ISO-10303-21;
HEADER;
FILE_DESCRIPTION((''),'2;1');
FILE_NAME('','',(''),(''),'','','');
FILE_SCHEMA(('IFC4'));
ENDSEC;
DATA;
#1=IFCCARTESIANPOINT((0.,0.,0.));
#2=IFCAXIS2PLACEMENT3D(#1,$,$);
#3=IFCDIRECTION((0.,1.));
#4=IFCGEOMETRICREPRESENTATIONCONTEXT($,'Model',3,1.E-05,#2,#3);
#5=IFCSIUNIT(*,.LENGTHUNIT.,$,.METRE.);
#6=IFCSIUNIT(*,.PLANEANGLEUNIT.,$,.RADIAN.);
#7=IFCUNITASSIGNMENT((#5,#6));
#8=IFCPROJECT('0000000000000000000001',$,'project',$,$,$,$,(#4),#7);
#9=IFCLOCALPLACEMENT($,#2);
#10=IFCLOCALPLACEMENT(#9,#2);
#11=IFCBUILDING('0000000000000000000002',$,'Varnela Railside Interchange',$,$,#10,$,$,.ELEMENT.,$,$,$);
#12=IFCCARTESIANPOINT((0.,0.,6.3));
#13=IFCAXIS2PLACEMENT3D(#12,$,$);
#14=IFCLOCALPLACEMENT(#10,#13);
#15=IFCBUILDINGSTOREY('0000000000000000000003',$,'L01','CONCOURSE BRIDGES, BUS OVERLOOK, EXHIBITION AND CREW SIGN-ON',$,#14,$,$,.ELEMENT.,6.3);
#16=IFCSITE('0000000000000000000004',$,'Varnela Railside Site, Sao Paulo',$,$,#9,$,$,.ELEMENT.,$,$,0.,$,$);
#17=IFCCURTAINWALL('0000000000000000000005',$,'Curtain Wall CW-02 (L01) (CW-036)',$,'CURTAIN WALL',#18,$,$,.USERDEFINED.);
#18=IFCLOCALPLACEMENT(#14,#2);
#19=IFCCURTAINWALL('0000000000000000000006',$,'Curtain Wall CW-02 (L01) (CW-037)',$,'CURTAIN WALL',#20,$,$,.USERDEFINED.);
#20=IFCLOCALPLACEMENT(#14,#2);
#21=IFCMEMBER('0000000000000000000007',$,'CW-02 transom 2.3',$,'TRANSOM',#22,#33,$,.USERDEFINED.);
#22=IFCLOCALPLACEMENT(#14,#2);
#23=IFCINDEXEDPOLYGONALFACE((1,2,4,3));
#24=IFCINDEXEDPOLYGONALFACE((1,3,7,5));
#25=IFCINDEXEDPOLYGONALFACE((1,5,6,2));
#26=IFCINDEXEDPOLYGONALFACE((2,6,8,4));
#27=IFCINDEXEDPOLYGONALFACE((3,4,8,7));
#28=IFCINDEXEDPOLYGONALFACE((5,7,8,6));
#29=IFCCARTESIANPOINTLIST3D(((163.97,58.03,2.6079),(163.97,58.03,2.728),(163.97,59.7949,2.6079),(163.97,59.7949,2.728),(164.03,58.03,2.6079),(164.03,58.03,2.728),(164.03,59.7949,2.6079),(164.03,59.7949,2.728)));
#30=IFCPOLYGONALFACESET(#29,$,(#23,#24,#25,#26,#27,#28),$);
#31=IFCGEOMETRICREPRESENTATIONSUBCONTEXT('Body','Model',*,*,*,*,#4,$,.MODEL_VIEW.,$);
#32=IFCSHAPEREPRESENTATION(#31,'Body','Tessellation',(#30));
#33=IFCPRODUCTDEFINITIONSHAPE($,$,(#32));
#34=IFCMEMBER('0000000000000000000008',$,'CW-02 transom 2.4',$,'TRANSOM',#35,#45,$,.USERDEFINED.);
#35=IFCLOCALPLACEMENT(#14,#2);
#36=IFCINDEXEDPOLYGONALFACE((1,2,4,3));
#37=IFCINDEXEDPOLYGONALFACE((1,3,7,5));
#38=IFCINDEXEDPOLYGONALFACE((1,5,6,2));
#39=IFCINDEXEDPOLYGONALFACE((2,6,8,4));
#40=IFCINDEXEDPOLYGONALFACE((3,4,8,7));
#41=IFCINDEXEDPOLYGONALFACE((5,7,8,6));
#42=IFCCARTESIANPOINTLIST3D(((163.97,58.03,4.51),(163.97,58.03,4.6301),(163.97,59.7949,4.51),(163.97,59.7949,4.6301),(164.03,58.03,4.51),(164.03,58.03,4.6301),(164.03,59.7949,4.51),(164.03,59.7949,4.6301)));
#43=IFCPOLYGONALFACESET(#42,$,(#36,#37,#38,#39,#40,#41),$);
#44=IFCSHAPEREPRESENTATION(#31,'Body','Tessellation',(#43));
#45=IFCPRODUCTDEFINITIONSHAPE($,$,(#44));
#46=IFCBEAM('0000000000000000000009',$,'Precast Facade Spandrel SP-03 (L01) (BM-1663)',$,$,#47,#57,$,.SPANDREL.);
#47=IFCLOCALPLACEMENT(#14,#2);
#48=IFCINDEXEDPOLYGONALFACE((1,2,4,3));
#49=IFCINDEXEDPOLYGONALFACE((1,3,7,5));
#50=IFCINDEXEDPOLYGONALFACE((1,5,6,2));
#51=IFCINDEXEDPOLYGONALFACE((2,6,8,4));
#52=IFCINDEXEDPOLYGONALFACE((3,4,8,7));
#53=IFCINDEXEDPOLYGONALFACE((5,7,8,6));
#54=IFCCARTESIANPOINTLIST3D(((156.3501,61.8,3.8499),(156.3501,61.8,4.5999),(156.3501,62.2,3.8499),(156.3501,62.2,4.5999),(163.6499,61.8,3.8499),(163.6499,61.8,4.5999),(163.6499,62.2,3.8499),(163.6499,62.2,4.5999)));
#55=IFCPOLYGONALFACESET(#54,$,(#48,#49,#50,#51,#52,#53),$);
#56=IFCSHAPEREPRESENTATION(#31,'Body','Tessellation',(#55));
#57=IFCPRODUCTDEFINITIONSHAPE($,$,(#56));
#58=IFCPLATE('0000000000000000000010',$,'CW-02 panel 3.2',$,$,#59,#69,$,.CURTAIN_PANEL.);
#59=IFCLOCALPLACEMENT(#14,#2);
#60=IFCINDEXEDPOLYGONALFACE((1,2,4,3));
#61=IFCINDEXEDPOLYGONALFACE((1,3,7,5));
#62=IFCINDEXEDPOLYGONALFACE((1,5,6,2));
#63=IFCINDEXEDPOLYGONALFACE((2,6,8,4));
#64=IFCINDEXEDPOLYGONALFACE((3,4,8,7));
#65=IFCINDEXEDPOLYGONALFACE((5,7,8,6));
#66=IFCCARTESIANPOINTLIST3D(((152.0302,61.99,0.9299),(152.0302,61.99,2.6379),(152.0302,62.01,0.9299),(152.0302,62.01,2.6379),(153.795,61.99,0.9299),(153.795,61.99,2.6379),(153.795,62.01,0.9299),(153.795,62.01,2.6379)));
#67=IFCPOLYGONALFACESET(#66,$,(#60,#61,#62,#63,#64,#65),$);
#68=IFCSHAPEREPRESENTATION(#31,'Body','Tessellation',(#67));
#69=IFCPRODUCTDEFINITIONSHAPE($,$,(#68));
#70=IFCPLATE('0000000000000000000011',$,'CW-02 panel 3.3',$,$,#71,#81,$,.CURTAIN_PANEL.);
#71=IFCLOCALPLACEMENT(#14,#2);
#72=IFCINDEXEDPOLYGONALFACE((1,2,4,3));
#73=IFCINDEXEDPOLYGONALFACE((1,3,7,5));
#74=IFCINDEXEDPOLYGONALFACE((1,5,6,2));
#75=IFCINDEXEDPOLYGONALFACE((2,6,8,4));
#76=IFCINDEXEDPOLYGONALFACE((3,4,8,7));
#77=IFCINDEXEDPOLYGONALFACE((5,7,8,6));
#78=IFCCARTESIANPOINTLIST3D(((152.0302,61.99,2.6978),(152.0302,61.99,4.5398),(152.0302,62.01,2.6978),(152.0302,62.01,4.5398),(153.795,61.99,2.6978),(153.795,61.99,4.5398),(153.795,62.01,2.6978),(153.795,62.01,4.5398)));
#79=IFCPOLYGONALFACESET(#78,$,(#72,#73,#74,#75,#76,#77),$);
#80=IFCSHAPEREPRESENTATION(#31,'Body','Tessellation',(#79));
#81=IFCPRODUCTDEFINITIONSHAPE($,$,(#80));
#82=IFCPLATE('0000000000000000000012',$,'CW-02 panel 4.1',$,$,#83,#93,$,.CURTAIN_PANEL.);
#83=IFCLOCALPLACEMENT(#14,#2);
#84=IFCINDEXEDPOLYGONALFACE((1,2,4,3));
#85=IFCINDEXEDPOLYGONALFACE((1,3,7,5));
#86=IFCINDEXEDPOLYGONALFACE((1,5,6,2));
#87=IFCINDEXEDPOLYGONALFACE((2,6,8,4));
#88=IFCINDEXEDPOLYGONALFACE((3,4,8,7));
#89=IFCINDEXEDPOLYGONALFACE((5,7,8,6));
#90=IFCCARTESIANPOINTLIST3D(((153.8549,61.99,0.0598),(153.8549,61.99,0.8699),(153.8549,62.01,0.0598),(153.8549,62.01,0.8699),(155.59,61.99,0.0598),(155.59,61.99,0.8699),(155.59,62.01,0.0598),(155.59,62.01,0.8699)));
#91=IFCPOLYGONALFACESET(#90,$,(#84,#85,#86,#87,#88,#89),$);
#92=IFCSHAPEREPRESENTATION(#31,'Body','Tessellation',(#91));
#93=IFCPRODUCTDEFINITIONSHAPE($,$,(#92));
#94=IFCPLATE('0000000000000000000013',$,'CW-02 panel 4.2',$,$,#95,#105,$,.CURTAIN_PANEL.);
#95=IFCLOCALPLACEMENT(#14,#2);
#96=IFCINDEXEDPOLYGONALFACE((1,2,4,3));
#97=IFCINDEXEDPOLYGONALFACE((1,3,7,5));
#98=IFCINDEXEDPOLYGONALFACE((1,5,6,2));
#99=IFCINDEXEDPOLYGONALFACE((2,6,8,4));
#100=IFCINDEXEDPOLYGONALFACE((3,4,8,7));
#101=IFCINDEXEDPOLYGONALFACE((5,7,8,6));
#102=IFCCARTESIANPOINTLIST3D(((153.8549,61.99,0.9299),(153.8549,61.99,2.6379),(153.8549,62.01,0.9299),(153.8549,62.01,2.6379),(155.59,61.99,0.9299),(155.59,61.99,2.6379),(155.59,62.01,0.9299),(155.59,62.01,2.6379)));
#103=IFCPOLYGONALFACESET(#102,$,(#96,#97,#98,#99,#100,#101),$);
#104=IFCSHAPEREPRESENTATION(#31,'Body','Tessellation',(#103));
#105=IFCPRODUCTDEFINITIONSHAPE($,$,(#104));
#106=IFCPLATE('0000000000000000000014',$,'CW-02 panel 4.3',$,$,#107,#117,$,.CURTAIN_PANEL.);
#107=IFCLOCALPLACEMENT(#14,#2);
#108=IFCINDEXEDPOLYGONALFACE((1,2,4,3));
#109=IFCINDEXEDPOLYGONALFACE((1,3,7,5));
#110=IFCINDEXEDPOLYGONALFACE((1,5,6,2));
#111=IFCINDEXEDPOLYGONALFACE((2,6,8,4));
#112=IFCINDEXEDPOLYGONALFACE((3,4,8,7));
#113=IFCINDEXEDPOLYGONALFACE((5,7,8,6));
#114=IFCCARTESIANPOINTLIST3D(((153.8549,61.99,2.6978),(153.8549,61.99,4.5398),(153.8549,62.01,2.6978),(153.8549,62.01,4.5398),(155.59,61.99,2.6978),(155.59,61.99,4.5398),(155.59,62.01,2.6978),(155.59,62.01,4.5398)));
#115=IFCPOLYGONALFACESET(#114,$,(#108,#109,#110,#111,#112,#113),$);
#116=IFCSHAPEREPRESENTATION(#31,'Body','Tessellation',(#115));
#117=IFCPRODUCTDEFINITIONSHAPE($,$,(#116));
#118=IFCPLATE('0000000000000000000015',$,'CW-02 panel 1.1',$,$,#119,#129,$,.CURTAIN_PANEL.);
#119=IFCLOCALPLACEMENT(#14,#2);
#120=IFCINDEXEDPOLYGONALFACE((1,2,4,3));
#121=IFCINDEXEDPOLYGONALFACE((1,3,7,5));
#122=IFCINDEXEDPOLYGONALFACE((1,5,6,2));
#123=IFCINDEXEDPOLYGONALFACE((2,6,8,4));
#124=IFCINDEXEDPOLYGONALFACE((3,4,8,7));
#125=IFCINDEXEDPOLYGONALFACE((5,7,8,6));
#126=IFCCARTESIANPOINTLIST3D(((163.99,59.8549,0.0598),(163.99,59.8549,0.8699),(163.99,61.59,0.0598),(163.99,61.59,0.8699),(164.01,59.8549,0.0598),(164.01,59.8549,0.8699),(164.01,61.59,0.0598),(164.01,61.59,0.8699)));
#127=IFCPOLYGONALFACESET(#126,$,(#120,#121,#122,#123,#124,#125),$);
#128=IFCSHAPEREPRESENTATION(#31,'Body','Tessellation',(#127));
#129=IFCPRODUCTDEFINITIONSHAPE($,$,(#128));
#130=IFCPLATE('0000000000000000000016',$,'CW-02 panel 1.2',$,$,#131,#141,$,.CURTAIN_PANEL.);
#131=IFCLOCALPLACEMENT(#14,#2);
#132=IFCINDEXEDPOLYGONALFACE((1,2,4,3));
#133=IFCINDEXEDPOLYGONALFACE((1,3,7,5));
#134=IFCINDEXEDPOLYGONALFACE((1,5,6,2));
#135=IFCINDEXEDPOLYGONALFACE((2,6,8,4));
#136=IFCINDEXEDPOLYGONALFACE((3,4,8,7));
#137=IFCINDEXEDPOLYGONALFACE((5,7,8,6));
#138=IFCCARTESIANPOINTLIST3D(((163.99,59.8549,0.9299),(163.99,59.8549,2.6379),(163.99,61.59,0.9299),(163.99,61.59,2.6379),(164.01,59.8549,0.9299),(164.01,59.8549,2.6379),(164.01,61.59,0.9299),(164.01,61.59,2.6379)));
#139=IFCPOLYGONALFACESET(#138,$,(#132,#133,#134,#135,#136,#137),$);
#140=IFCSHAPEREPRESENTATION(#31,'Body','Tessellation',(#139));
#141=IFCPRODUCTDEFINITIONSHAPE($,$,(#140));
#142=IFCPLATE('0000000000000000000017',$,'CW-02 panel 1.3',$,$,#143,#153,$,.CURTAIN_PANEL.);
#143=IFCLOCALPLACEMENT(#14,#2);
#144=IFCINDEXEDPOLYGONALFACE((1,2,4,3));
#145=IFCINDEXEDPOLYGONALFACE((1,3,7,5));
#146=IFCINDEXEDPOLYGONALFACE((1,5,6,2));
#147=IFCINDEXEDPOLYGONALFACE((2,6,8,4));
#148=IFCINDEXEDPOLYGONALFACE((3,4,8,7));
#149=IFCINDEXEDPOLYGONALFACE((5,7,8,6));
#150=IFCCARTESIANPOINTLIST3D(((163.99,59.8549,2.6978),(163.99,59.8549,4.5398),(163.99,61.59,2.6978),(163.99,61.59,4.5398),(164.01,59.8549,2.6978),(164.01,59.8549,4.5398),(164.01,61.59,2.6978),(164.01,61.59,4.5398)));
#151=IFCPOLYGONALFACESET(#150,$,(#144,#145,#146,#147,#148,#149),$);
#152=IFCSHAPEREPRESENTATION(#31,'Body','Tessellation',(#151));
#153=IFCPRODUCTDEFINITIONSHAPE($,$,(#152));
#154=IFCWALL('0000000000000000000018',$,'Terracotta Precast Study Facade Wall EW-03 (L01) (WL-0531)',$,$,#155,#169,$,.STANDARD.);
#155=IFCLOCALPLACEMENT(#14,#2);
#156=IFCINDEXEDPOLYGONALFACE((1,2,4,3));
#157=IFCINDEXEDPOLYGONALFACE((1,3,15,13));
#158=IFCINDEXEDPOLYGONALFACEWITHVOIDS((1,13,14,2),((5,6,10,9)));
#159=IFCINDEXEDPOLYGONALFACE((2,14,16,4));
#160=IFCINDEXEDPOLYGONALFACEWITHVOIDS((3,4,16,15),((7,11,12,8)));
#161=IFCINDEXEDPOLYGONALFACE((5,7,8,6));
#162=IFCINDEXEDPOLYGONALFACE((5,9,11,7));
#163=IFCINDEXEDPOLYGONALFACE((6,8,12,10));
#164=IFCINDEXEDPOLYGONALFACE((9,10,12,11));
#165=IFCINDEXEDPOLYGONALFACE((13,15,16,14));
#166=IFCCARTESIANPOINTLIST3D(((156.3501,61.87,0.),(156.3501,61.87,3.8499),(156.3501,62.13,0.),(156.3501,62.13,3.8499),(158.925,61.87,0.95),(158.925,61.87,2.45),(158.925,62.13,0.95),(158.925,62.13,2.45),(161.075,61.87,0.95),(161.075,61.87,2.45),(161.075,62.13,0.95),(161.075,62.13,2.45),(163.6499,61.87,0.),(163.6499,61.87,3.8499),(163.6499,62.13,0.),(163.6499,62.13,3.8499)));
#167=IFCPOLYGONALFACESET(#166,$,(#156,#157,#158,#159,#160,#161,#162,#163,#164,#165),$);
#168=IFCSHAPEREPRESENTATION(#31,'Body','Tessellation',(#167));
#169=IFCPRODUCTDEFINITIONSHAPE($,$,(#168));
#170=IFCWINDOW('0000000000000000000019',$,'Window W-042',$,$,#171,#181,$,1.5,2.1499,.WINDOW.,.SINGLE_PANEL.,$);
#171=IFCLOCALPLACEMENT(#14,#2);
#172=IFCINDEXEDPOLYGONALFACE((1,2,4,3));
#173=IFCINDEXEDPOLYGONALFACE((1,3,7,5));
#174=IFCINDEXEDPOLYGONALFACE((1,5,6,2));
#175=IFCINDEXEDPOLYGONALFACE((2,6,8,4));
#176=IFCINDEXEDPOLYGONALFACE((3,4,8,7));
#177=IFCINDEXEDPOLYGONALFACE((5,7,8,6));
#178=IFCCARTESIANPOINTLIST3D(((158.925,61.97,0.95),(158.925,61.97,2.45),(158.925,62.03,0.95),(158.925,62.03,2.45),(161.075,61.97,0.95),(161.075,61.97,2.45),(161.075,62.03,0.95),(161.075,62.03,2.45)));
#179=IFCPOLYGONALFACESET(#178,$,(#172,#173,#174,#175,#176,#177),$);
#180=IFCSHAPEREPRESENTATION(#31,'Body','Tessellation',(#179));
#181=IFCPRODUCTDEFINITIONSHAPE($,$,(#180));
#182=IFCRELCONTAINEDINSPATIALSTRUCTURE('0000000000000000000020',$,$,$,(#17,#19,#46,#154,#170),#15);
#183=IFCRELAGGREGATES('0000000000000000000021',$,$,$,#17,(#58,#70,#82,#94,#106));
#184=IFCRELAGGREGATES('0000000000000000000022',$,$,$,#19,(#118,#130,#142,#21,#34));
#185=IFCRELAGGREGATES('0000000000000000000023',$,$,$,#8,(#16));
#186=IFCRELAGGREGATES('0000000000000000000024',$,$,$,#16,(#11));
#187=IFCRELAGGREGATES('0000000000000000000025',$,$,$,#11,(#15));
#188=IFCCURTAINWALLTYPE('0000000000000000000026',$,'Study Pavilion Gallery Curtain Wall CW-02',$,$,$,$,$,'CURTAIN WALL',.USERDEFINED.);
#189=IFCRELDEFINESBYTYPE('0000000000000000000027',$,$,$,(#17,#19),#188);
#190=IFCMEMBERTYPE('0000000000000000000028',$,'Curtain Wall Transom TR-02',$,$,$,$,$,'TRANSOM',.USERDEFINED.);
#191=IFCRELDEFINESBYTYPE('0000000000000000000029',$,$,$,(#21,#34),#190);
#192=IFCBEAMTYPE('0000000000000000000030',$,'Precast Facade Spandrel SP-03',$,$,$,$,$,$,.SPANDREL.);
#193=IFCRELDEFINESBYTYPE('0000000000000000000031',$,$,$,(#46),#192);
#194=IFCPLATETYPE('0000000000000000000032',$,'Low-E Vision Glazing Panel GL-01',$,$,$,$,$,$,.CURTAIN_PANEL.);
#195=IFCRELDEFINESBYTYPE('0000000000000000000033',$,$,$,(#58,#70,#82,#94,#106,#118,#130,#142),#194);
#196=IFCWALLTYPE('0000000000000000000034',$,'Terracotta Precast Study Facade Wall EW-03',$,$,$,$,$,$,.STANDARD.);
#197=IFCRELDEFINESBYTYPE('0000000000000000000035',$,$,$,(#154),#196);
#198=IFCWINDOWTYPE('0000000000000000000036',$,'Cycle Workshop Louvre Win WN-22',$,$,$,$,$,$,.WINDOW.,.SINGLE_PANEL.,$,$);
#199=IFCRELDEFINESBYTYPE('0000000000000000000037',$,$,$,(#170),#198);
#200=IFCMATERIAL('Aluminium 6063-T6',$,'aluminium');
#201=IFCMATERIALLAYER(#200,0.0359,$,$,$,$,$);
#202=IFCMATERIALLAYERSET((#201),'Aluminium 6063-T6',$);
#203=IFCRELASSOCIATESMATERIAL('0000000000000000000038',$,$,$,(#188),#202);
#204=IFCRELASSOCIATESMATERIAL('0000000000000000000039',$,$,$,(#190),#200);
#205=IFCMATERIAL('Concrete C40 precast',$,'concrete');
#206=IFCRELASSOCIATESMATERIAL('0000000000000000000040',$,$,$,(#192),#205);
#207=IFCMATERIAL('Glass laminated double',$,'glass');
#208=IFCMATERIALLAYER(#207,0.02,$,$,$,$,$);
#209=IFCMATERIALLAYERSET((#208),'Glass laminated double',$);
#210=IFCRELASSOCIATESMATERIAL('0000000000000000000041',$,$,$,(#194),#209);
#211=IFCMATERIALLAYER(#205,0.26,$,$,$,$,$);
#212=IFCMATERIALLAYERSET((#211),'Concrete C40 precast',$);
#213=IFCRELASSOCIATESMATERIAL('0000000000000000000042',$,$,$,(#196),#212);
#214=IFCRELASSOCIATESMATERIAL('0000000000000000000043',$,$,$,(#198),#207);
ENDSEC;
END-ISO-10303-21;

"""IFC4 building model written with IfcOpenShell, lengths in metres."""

from ifc_helpers import new_model, si_unit, direction, frame, frame_2d, origin, origin_2d, place, context, subcontext, project, spatial, rectangle, extrude, material, layer, layer_set, material_profile, profile_set, type_object, element, fill, aggregate, save


model = new_model("IFC4")

# Units and contexts
model_context = context("Model", 3, precision=1e-05, world=origin(), true_north=direction((0.0, 1.0)))
body_context = subcontext(model_context, "Body", "Model", "MODEL_VIEW")
ifc_project = project(units=[si_unit("LENGTHUNIT", "METRE"), si_unit("PLANEANGLEUNIT", "RADIAN")], contexts=[model_context])

# Site, building, storey
site_placement = place(None, origin())
site = spatial("IfcSite", under=ifc_project, at=site_placement, Name="Varnela Railside Site, Sao Paulo", CompositionType="ELEMENT", RefElevation=0.0)
building_placement = place(site_placement, origin())
building = spatial("IfcBuilding", under=site, at=building_placement, Name="Varnela Railside Interchange", CompositionType="ELEMENT")
storey_placement = place(building_placement, frame((0.0, 0.0, 6.3)))
storey = spatial("IfcBuildingStorey", under=building, at=storey_placement, Name="L01", Description="CONCOURSE BRIDGES, BUS OVERLOOK, EXHIBITION AND CREW SIGN-ON", CompositionType="ELEMENT", Elevation=6.3)

# Curtain walls
ifc_material_1 = material(Name="Aluminium 6063-T6", Category="aluminium")
ifc_layer_1 = layer(ifc_material_1, 0.0359)
ifc_layer_set_1 = layer_set([ifc_layer_1], Name="Aluminium 6063-T6")
curtain_wall_type = type_object("IfcCurtainWallType", Name="Study Pavilion Gallery Curtain Wall CW-02", ElementType="CURTAIN WALL", PredefinedType="USERDEFINED", material=ifc_layer_set_1)
curtain_wall_1_placement = place(storey_placement, origin())
curtain_wall_1 = element("IfcCurtainWall", 1, at=curtain_wall_1_placement, inside=storey, type_object=curtain_wall_type, Name="Curtain Wall CW-02 (L01) (CW-036)", ObjectType="CURTAIN WALL", PredefinedType="USERDEFINED")
curtain_wall_2_placement = place(storey_placement, origin())
curtain_wall_2 = element("IfcCurtainWall", 2, at=curtain_wall_2_placement, inside=storey, type_object=curtain_wall_type, Name="Curtain Wall CW-02 (L01) (CW-037)", ObjectType="CURTAIN WALL", PredefinedType="USERDEFINED")

# Members
ifc_material_profile_1 = material_profile(ifc_material_1, rectangle(XDim=0.0601, YDim=0.1201, at=origin_2d()), Name="ALU 60x120")
ifc_profile_set_1 = profile_set([ifc_material_profile_1], Name="Aluminium 6063-T6")
member_type_1 = type_object("IfcMemberType", Name="Curtain Wall Transom TR-02", ElementType="TRANSOM", PredefinedType="USERDEFINED", material=ifc_profile_set_1)
member_1_placement = place(storey_placement, frame((164.0, 59.7949, 2.668), z_axis=(0.0, -1.0, 0.0), x_axis=(1.0, 0.0, 0.0)))
member_1 = element("IfcMember", 3, at=member_1_placement, type_object=member_type_1, Name="CW-02 transom 2.3", ObjectType="TRANSOM", PredefinedType="USERDEFINED", context=body_context, shape_type="SweptSolid", body=[
    extrude(rectangle(XDim=0.0601, YDim=0.1201, at=origin_2d()), origin(), (0.0, 0.0, 1.0), 1.7649),
])
member_2_placement = place(storey_placement, frame((164.0, 59.7949, 4.5701), z_axis=(0.0, -1.0, 0.0), x_axis=(1.0, 0.0, 0.0)))
member_2 = element("IfcMember", 4, at=member_2_placement, type_object=member_type_1, Name="CW-02 transom 2.4", ObjectType="TRANSOM", PredefinedType="USERDEFINED", context=body_context, shape_type="SweptSolid", body=[
    extrude(rectangle(XDim=0.0601, YDim=0.1201, at=origin_2d()), origin(), (0.0, 0.0, 1.0), 1.7649),
])

# Beam
ifc_material_2 = material(Name="Concrete C40 precast", Category="concrete")
ifc_material_profile_2 = material_profile(ifc_material_2, rectangle(XDim=0.3999, YDim=0.75, at=origin_2d()), Name="PC 400x750")
ifc_profile_set_2 = profile_set([ifc_material_profile_2], Name="Concrete C40 precast")
beam_type = type_object("IfcBeamType", Name="Precast Facade Spandrel SP-03", PredefinedType="SPANDREL", material=ifc_profile_set_2)
beam_placement = place(storey_placement, frame((156.3501, 62.0, 4.2249), z_axis=(1.0, 0.0, 0.0), x_axis=(0.0, 1.0, 0.0)))
element("IfcBeam", 5, at=beam_placement, inside=storey, type_object=beam_type, Name="Precast Facade Spandrel SP-03 (L01) (BM-1663)", PredefinedType="SPANDREL", context=body_context, shape_type="SweptSolid", body=[
    extrude(rectangle(XDim=0.3999, YDim=0.75, at=origin_2d()), origin(), (0.0, 0.0, 1.0), 7.2998),
])

# Plates
ifc_material_3 = material(Name="Glass laminated double", Category="glass")
ifc_layer_2 = layer(ifc_material_3, 0.02)
ifc_layer_set_2 = layer_set([ifc_layer_2], Name="Glass laminated double")
plate_type = type_object("IfcPlateType", Name="Low-E Vision Glazing Panel GL-01", PredefinedType="CURTAIN_PANEL", material=ifc_layer_set_2)
plate_1_placement = place(storey_placement, frame((152.9126, 62.0, 0.9299), z_axis=(0.0, 0.0, 1.0), x_axis=(1.0, 0.0, 0.0)))
plate_1 = element("IfcPlate", 6, at=plate_1_placement, type_object=plate_type, Name="CW-02 panel 3.2", PredefinedType="CURTAIN_PANEL", context=body_context, shape_type="SweptSolid", body=[
    extrude(rectangle(XDim=1.7649, YDim=0.02, at=origin_2d()), origin(), (0.0, 0.0, 1.0), 1.708),
])
plate_2_placement = place(storey_placement, frame((152.9126, 62.0, 2.6978), z_axis=(0.0, 0.0, 1.0), x_axis=(1.0, 0.0, 0.0)))
plate_2 = element("IfcPlate", 7, at=plate_2_placement, type_object=plate_type, Name="CW-02 panel 3.3", PredefinedType="CURTAIN_PANEL", context=body_context, shape_type="SweptSolid", body=[
    extrude(rectangle(XDim=1.7649, YDim=0.02, at=origin_2d()), origin(), (0.0, 0.0, 1.0), 1.842),
])
plate_3_placement = place(storey_placement, frame((154.7224, 62.0, 0.0598), z_axis=(0.0, 0.0, 1.0), x_axis=(1.0, 0.0, 0.0)))
plate_3 = element("IfcPlate", 8, at=plate_3_placement, type_object=plate_type, Name="CW-02 panel 4.1", PredefinedType="CURTAIN_PANEL", context=body_context, shape_type="SweptSolid", body=[
    extrude(rectangle(XDim=1.7351, YDim=0.02, at=origin_2d()), origin(), (0.0, 0.0, 1.0), 0.8101),
])
plate_4_placement = place(storey_placement, frame((154.7224, 62.0, 0.9299), z_axis=(0.0, 0.0, 1.0), x_axis=(1.0, 0.0, 0.0)))
plate_4 = element("IfcPlate", 9, at=plate_4_placement, type_object=plate_type, Name="CW-02 panel 4.2", PredefinedType="CURTAIN_PANEL", context=body_context, shape_type="SweptSolid", body=[
    extrude(rectangle(XDim=1.7351, YDim=0.02, at=origin_2d()), origin(), (0.0, 0.0, 1.0), 1.708),
])
plate_5_placement = place(storey_placement, frame((154.7224, 62.0, 2.6978), z_axis=(0.0, 0.0, 1.0), x_axis=(1.0, 0.0, 0.0)))
plate_5 = element("IfcPlate", 10, at=plate_5_placement, type_object=plate_type, Name="CW-02 panel 4.3", PredefinedType="CURTAIN_PANEL", context=body_context, shape_type="SweptSolid", body=[
    extrude(rectangle(XDim=1.7351, YDim=0.02, at=origin_2d()), origin(), (0.0, 0.0, 1.0), 1.842),
])
aggregate(curtain_wall_1, [plate_1, plate_2, plate_3, plate_4, plate_5])
plate_6_placement = place(storey_placement, frame((164.0, 60.7224, 0.0598), z_axis=(0.0, 0.0, 1.0), x_axis=(0.0, -1.0, 0.0)))
plate_6 = element("IfcPlate", 11, at=plate_6_placement, type_object=plate_type, Name="CW-02 panel 1.1", PredefinedType="CURTAIN_PANEL", context=body_context, shape_type="SweptSolid", body=[
    extrude(rectangle(XDim=1.7351, YDim=0.02, at=origin_2d()), origin(), (0.0, 0.0, 1.0), 0.8101),
])
plate_7_placement = place(storey_placement, frame((164.0, 60.7224, 0.9299), z_axis=(0.0, 0.0, 1.0), x_axis=(0.0, -1.0, 0.0)))
plate_7 = element("IfcPlate", 12, at=plate_7_placement, type_object=plate_type, Name="CW-02 panel 1.2", PredefinedType="CURTAIN_PANEL", context=body_context, shape_type="SweptSolid", body=[
    extrude(rectangle(XDim=1.7351, YDim=0.02, at=origin_2d()), origin(), (0.0, 0.0, 1.0), 1.708),
])
plate_8_placement = place(storey_placement, frame((164.0, 60.7224, 2.6978), z_axis=(0.0, 0.0, 1.0), x_axis=(0.0, -1.0, 0.0)))
plate_8 = element("IfcPlate", 13, at=plate_8_placement, type_object=plate_type, Name="CW-02 panel 1.3", PredefinedType="CURTAIN_PANEL", context=body_context, shape_type="SweptSolid", body=[
    extrude(rectangle(XDim=1.7351, YDim=0.02, at=origin_2d()), origin(), (0.0, 0.0, 1.0), 1.842),
])
aggregate(curtain_wall_2, [plate_6, plate_7, plate_8, member_1, member_2])

# Wall, opening, window
ifc_layer_3 = layer(ifc_material_2, 0.26)
ifc_layer_set_3 = layer_set([ifc_layer_3], Name="Concrete C40 precast")
wall_type = type_object("IfcWallType", Name="Terracotta Precast Study Facade Wall EW-03", PredefinedType="STANDARD", material=ifc_layer_set_3)
wall_placement = place(storey_placement, frame((156.3501, 62.0, 0.0), z_axis=(0.0, 0.0, 1.0), x_axis=(1.0, 0.0, 0.0)))
wall = element("IfcWall", 14, at=wall_placement, inside=storey, type_object=wall_type, Name="Terracotta Precast Study Facade Wall EW-03 (L01) (WL-0531)", PredefinedType="STANDARD", context=body_context, shape_type="SweptSolid", body=[
    extrude(rectangle(XDim=7.2998, YDim=0.26, at=frame_2d((3.6499, 0.0))), origin(), (0.0, 0.0, 1.0), 3.8499),
])
opening_placement = place(wall_placement, frame((2.575, 0.0, 0.95)))
opening = element("IfcOpeningElement", 15, at=opening_placement, cuts=wall, PredefinedType="OPENING", context=body_context, shape_type="SweptSolid", body=[
    extrude(rectangle(XDim=2.1499, YDim=1.5, at=frame_2d((1.075, 0.75))), frame((0.0, 0.1399, 0.0), z_axis=(0.0, -1.0, 0.0), x_axis=(1.0, 0.0, 0.0)), (0.0, 0.0, 1.0), 0.28),
])
window_type = type_object("IfcWindowType", Name="Cycle Workshop Louvre Win WN-22", PartitioningType="SINGLE_PANEL", PredefinedType="WINDOW", material=ifc_material_3)
window_placement = place(opening_placement, origin())
window = element("IfcWindow", 16, at=window_placement, inside=storey, type_object=window_type, Name="Window W-042", OverallHeight=1.5, OverallWidth=2.1499, PartitioningType="SINGLE_PANEL", PredefinedType="WINDOW", context=body_context, shape_type="SweptSolid", body=[
    extrude(rectangle(XDim=2.1499, YDim=1.5, at=frame_2d((1.075, 0.75))), frame((0.0, 0.03, 0.0), z_axis=(0.0, -1.0, 0.0), x_axis=(1.0, 0.0, 0.0)), (0.0, 0.0, 1.0), 0.0601),
])
fill(opening, window)

save(model, "model.ifc")
